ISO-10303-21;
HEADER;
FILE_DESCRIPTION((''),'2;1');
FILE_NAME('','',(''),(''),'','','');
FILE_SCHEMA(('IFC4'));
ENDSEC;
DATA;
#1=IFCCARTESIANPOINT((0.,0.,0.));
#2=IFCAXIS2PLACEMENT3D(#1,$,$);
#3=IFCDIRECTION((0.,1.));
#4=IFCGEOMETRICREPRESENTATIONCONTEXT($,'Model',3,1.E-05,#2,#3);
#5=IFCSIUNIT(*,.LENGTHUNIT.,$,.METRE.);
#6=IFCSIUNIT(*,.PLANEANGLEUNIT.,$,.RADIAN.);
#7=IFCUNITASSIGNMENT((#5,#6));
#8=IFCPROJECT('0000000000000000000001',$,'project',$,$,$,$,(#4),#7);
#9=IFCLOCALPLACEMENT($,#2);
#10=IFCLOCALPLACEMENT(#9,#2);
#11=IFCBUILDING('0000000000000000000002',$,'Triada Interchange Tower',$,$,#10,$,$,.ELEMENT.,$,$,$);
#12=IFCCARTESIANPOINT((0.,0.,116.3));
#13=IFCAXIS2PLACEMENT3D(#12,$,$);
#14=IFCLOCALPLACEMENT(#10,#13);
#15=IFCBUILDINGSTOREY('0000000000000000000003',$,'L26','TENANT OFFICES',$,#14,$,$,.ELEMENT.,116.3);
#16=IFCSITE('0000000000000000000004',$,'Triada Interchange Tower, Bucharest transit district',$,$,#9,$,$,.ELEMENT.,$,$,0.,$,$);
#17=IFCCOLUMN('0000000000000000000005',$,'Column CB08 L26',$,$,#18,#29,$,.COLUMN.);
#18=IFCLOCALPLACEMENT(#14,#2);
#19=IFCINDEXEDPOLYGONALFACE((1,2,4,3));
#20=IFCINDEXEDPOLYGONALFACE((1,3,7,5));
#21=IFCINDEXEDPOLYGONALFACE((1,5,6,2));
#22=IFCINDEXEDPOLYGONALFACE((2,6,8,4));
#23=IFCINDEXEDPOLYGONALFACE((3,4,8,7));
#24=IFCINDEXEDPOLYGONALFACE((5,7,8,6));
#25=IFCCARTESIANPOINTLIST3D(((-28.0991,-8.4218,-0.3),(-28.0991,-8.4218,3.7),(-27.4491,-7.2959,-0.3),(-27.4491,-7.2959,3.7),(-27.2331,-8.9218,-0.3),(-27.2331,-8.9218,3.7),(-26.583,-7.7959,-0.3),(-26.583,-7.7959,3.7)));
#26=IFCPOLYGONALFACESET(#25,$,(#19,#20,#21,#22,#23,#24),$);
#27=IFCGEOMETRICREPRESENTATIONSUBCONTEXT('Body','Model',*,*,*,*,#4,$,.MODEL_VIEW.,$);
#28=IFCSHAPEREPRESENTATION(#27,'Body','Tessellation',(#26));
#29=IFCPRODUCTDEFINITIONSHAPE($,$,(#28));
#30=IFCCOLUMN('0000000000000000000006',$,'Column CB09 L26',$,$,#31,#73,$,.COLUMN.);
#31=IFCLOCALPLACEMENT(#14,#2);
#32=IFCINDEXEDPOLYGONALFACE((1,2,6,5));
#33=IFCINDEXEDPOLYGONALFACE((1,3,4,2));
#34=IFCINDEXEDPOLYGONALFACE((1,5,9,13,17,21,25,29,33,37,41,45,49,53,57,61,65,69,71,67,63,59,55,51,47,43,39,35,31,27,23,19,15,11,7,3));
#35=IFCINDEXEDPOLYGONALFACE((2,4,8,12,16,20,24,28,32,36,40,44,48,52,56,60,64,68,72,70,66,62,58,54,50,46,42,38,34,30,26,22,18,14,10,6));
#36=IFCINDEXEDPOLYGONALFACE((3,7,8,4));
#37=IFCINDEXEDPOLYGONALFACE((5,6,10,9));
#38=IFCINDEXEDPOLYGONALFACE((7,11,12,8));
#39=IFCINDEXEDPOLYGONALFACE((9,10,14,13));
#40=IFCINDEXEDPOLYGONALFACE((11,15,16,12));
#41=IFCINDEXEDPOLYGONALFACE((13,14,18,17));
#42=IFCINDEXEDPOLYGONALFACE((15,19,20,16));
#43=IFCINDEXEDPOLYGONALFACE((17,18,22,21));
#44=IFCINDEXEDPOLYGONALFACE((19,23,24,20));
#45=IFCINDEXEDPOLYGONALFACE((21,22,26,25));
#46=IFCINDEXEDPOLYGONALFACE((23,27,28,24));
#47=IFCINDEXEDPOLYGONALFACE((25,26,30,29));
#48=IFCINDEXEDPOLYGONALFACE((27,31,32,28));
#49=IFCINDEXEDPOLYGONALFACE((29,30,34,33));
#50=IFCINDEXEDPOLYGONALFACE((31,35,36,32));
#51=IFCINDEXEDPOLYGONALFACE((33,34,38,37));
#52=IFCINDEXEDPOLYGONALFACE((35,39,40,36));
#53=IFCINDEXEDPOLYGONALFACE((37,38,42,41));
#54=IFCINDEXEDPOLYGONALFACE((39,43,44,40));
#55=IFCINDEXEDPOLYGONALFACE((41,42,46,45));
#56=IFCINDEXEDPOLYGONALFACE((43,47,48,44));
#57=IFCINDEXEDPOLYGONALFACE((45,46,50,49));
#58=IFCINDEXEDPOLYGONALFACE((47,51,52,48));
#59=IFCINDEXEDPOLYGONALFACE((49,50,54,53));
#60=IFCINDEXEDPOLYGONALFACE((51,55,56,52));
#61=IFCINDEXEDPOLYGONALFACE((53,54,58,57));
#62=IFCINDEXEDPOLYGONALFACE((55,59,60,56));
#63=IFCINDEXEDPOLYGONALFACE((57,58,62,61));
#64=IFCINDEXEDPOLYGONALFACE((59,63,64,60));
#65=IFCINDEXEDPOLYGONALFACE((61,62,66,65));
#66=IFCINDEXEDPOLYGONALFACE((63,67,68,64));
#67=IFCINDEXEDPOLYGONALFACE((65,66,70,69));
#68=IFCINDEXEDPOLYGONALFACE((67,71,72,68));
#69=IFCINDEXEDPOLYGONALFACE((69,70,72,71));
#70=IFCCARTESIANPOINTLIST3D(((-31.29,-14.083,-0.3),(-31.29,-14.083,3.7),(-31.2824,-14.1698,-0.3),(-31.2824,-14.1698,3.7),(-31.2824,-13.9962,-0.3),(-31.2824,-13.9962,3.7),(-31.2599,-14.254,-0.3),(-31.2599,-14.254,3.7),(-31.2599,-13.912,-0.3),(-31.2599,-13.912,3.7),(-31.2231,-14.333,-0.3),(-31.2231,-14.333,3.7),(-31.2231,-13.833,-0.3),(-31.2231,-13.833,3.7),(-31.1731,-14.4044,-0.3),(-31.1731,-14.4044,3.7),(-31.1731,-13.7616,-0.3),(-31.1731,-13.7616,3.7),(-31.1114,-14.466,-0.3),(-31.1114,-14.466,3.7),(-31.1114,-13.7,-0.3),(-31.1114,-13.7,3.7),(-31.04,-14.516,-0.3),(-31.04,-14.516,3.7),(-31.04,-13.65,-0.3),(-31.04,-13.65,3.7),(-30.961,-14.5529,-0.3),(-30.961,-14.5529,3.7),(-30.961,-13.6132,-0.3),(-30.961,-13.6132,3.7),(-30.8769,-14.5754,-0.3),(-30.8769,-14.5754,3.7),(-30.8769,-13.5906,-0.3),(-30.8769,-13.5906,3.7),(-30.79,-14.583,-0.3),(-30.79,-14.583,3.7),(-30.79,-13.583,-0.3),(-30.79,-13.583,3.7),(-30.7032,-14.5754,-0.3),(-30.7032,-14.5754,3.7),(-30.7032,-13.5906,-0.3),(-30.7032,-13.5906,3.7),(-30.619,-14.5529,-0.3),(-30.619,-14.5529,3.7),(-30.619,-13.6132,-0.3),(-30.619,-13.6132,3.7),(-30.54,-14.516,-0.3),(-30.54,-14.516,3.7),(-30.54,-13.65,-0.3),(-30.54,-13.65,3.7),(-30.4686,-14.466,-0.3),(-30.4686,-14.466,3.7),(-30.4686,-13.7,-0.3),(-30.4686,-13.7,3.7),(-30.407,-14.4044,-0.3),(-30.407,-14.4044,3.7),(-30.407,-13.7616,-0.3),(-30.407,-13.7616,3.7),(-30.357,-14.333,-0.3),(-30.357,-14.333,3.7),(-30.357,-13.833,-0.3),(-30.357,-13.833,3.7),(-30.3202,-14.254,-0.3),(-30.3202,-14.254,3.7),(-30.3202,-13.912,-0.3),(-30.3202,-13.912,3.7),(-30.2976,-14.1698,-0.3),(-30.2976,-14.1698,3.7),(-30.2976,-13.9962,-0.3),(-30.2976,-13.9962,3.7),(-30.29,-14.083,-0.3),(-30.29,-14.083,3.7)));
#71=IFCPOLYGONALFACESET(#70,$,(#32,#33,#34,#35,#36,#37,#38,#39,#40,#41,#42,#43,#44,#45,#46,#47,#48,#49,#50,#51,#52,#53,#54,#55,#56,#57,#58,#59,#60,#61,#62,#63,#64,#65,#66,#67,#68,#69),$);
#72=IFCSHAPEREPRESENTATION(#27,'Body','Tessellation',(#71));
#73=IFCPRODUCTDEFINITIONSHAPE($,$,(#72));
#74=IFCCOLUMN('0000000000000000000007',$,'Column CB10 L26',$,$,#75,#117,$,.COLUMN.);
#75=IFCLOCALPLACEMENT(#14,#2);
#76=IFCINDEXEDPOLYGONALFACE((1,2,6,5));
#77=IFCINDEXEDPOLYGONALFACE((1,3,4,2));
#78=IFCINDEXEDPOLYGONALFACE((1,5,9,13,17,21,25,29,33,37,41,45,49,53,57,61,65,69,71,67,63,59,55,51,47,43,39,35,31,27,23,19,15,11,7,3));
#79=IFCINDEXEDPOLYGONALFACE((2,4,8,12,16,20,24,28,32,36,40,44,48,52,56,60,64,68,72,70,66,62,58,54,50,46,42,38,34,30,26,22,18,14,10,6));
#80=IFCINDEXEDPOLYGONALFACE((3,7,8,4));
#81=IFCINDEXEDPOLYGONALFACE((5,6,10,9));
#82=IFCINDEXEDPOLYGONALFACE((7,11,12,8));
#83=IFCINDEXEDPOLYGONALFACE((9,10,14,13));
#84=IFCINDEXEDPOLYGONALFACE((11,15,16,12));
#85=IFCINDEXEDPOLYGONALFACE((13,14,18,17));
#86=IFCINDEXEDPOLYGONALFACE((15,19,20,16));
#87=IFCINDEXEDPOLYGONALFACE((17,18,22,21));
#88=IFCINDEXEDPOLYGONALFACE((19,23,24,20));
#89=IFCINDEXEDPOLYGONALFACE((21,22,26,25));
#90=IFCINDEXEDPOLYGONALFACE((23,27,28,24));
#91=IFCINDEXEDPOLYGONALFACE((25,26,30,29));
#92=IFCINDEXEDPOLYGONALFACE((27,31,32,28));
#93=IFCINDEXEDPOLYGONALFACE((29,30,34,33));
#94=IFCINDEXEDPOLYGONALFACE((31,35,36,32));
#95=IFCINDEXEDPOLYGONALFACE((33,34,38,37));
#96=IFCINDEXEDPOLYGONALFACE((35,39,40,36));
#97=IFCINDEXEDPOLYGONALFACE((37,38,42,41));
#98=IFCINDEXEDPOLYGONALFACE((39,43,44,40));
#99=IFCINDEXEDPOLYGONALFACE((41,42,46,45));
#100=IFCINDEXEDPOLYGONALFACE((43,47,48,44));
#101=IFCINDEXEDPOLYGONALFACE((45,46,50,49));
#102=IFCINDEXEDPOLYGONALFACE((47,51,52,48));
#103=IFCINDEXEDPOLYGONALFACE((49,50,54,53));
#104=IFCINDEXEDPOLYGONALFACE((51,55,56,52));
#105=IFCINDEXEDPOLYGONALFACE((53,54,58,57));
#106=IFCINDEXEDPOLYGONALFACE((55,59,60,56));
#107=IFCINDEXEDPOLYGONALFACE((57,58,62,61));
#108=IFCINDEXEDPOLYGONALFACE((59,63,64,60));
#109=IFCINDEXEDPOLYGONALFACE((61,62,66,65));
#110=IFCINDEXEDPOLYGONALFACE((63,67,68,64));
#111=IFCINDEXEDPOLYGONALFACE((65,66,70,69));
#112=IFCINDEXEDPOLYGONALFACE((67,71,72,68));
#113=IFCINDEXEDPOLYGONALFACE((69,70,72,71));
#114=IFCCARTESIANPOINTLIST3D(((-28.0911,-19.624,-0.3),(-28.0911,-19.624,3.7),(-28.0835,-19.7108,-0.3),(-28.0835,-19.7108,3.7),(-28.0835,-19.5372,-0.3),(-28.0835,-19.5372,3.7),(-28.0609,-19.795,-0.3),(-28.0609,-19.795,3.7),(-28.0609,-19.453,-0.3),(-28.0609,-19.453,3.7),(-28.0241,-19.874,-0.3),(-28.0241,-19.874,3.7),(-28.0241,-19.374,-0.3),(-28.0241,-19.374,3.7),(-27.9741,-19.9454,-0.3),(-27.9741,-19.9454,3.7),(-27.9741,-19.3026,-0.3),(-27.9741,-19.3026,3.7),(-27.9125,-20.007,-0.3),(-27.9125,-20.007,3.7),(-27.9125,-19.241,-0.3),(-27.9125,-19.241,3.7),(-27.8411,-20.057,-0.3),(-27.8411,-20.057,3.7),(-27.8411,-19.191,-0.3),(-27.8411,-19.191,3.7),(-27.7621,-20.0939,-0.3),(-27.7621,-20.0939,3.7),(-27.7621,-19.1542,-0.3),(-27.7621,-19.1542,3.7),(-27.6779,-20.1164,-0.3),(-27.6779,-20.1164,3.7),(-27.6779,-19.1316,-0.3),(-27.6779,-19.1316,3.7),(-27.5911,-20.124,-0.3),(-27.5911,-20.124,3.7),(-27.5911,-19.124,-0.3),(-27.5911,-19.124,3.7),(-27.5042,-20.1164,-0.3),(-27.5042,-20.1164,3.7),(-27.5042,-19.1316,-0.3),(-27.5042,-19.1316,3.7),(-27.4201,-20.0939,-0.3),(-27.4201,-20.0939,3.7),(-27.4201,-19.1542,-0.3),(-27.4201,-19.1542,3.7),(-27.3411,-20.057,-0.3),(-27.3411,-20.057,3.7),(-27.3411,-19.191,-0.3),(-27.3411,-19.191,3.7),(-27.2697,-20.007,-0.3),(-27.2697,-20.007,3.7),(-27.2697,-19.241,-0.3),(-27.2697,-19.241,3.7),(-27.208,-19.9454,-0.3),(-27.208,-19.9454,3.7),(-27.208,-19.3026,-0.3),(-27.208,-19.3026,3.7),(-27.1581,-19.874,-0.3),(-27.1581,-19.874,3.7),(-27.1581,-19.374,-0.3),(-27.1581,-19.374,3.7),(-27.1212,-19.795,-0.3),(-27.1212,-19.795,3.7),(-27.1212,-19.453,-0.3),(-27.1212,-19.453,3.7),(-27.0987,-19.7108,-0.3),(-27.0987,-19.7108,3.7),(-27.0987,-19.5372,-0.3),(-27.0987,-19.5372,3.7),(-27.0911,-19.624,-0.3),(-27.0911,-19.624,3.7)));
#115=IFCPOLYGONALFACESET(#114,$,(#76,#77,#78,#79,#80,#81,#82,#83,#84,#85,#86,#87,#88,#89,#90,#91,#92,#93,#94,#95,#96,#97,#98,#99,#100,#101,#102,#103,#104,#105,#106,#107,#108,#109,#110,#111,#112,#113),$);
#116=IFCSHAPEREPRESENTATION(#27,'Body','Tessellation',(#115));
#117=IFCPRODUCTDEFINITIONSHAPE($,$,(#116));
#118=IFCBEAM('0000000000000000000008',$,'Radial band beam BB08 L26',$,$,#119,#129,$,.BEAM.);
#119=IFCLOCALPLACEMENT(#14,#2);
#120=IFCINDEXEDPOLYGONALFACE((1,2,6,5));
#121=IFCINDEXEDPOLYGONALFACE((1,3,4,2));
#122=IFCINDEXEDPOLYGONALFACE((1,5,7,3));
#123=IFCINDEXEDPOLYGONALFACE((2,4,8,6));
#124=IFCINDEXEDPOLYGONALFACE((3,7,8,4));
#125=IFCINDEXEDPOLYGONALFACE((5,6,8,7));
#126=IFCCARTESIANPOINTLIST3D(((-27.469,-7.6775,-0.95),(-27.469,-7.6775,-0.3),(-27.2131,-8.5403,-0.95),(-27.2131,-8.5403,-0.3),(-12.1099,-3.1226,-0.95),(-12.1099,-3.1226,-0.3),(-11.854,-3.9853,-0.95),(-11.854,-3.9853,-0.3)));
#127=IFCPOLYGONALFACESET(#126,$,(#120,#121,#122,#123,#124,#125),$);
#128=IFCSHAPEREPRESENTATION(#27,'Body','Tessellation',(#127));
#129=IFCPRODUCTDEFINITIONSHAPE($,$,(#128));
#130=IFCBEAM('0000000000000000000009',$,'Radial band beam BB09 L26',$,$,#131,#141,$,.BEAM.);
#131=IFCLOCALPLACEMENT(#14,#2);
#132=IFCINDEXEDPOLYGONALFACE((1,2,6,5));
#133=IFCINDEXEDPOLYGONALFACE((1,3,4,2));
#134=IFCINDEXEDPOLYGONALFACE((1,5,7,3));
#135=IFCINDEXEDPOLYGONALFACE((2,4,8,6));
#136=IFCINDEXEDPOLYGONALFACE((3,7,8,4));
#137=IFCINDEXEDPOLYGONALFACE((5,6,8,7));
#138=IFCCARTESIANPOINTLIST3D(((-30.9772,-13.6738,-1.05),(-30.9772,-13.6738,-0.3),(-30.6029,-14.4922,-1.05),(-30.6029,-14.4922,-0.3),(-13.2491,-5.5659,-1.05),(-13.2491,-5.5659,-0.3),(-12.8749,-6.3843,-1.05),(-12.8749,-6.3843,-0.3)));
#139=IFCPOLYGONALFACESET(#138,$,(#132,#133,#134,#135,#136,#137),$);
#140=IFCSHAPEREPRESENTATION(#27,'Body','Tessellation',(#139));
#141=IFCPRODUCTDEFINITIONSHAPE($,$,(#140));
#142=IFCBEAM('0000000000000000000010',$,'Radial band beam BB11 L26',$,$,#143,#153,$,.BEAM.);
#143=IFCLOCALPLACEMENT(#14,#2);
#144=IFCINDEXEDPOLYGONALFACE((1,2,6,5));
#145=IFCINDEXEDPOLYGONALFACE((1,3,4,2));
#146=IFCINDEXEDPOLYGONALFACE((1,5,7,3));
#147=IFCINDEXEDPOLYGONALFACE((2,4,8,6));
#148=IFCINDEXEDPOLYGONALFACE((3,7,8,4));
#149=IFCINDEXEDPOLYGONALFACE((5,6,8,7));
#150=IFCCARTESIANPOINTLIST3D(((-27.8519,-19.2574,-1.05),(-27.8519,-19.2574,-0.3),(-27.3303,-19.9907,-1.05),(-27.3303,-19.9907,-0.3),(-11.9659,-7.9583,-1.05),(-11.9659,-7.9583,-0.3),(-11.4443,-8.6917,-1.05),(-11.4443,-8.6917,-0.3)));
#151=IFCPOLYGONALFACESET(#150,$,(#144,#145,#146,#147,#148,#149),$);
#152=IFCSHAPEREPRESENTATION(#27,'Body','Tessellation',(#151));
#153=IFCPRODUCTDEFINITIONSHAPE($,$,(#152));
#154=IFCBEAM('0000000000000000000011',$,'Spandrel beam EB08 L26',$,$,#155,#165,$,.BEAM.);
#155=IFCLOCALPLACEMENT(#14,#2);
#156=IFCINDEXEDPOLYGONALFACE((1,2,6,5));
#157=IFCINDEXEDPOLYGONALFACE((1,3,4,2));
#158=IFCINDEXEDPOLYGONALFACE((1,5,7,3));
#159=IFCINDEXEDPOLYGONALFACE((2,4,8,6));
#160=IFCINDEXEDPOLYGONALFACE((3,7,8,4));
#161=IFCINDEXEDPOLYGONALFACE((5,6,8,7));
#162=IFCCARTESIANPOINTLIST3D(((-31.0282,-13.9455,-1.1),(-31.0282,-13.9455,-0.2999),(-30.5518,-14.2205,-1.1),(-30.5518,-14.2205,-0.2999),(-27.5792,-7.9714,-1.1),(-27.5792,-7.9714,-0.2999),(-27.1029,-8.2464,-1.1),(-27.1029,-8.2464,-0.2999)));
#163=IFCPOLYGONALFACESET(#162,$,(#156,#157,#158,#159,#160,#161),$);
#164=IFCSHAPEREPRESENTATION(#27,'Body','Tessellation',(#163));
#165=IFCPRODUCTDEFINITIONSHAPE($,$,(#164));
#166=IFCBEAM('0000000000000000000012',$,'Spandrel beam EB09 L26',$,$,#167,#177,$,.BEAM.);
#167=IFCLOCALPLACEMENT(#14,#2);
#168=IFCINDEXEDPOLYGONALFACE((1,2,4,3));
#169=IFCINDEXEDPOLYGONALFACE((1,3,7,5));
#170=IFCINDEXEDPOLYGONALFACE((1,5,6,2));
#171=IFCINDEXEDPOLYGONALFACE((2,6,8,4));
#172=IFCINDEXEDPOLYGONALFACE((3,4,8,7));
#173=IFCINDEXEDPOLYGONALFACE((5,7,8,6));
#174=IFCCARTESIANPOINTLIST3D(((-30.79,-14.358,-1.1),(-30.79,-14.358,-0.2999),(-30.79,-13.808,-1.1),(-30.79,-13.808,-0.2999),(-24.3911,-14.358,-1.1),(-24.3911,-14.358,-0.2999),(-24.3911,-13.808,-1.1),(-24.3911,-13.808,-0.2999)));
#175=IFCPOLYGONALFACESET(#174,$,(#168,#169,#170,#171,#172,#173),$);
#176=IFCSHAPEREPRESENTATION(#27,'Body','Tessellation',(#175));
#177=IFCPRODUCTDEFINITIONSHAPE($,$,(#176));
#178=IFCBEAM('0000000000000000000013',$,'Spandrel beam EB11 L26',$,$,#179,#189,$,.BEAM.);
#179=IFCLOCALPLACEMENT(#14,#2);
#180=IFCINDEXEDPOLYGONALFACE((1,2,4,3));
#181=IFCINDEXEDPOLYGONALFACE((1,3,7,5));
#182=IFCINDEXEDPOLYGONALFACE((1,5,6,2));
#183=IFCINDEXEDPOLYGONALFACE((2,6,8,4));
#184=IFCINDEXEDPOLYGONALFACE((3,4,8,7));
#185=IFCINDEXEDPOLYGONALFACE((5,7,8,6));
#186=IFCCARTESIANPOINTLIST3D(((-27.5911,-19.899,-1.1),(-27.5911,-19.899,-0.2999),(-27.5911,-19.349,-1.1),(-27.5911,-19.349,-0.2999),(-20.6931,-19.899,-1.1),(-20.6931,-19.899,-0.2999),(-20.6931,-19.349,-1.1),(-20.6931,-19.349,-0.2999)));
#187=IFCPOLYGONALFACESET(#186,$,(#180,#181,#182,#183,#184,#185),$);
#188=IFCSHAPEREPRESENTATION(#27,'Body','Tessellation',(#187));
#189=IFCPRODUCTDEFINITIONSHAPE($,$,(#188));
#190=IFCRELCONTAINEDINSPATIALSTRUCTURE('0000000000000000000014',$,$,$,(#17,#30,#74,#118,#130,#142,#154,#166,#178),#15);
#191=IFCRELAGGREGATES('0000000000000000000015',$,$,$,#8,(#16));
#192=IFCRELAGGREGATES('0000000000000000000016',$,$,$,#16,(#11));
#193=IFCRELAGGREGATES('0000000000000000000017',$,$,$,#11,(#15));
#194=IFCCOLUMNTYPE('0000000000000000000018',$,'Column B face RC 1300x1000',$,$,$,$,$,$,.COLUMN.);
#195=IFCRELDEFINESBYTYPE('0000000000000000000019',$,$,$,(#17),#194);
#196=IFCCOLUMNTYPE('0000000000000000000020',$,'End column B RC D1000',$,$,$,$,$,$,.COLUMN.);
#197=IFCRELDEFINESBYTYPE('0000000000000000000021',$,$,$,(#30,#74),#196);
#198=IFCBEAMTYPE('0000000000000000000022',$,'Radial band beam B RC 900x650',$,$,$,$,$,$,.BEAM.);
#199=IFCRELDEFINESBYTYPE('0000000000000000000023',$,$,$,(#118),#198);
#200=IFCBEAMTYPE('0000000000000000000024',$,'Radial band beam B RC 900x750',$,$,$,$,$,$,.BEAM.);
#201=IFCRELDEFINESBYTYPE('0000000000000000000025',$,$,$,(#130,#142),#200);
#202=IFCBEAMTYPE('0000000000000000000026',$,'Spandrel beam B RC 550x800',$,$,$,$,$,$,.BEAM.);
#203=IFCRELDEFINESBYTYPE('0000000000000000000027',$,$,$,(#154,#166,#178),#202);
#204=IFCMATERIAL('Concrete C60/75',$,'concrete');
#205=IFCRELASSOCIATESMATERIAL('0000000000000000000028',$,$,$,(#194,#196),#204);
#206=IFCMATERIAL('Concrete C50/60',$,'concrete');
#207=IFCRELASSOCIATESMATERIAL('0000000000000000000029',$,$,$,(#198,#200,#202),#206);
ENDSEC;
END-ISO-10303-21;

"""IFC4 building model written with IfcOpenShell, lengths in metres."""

from ifc_helpers import new_model, si_unit, direction, frame, origin, origin_2d, place, context, subcontext, project, spatial, rectangle, circle, extrude, material, material_profile, profile_set, type_object, element, save


model = new_model("IFC4")

# Units and contexts
model_context = context("Model", 3, precision=1e-05, world=origin(), true_north=direction((0.0, 1.0)))
body_context = subcontext(model_context, "Body", "Model", "MODEL_VIEW")
ifc_project = project(units=[si_unit("LENGTHUNIT", "METRE"), si_unit("PLANEANGLEUNIT", "RADIAN")], contexts=[model_context])

# Site, building, storey
site_placement = place(None, origin())
site = spatial("IfcSite", under=ifc_project, at=site_placement, Name="Triada Interchange Tower, Bucharest transit district", CompositionType="ELEMENT", RefElevation=0.0)
building_placement = place(site_placement, origin())
building = spatial("IfcBuilding", under=site, at=building_placement, Name="Triada Interchange Tower", CompositionType="ELEMENT")
storey_placement = place(building_placement, frame((0.0, 0.0, 116.3)))
storey = spatial("IfcBuildingStorey", under=building, at=storey_placement, Name="L26", Description="TENANT OFFICES", CompositionType="ELEMENT", Elevation=116.3)

# Columns
ifc_material_1 = material(Name="Concrete C60/75", Category="concrete")
ifc_material_profile_1 = material_profile(ifc_material_1, rectangle(XDim=1.3, YDim=1.0, at=origin_2d()), Name="RC 1300x1000")
ifc_profile_set_1 = profile_set([ifc_material_profile_1], Name="Concrete C60/75")
column_type_1 = type_object("IfcColumnType", Name="Column B face RC 1300x1000", PredefinedType="COLUMN", material=ifc_profile_set_1)
column_placement = place(storey_placement, frame((-27.3411, -8.1089, -0.3), z_axis=(0.0, 0.0, 1.0), x_axis=(0.5, 0.866025, 0.0)))
element("IfcColumn", 1, at=column_placement, inside=storey, type_object=column_type_1, Name="Column CB08 L26", PredefinedType="COLUMN", context=body_context, shape_type="SweptSolid", body=[
    extrude(rectangle(XDim=1.3, YDim=1.0, at=origin_2d()), origin(), (0.0, 0.0, 1.0), 4.0),
])
ifc_material_profile_2 = material_profile(ifc_material_1, circle(Radius=0.5, at=origin_2d()), Name="RC D1000")
ifc_profile_set_2 = profile_set([ifc_material_profile_2], Name="Concrete C60/75")
column_type_2 = type_object("IfcColumnType", Name="End column B RC D1000", PredefinedType="COLUMN", material=ifc_profile_set_2)
for number, where, z_axis, x_axis, name in (
    (2, (-30.79, -14.083, -0.3), (0.0, 0.0, 1.0), (0.5, 0.866025, 0.0), "Column CB09 L26"),
    (3, (-27.5911, -19.624, -0.3), (0.0, 0.0, 1.0), (1.0, 0.0, 0.0), "Column CB10 L26"),
):
    element("IfcColumn", number, at=place(storey_placement, frame(where, z_axis=z_axis, x_axis=x_axis)), inside=storey, type_object=column_type_2, Name=name, PredefinedType="COLUMN", context=body_context, shape_type="SweptSolid", body=[
        extrude(circle(Radius=0.5, at=origin_2d()), origin(), (0.0, 0.0, 1.0), 4.0),
    ])

# Beams
ifc_material_2 = material(Name="Concrete C50/60", Category="concrete")
ifc_material_profile_3 = material_profile(ifc_material_2, rectangle(XDim=0.8999, YDim=0.6499, at=origin_2d()), Name="RC 900x650")
ifc_profile_set_3 = profile_set([ifc_material_profile_3], Name="Concrete C50/60")
beam_type_1 = type_object("IfcBeamType", Name="Radial band beam B RC 900x650", PredefinedType="BEAM", material=ifc_profile_set_3)
beam_1_placement = place(storey_placement, frame((-27.3411, -8.1089, -0.625), z_axis=(0.958729, 0.284322, 0.0), x_axis=(-0.284322, 0.958729, 0.0)))
element("IfcBeam", 4, at=beam_1_placement, inside=storey, type_object=beam_type_1, Name="Radial band beam BB08 L26", PredefinedType="BEAM", context=body_context, shape_type="SweptSolid", body=[
    extrude(rectangle(XDim=0.8999, YDim=0.6499, at=origin_2d()), origin(), (0.0, 0.0, 1.0), 16.0203),
])
ifc_material_profile_4 = material_profile(ifc_material_2, rectangle(XDim=0.8999, YDim=0.75, at=origin_2d()), Name="RC 900x750")
ifc_profile_set_4 = profile_set([ifc_material_profile_4], Name="Concrete C50/60")
beam_type_2 = type_object("IfcBeamType", Name="Radial band beam B RC 900x750", PredefinedType="BEAM", material=ifc_profile_set_4)
beam_2_placement = place(storey_placement, frame((-30.79, -14.083, -0.675), z_axis=(0.909403, 0.415915, 0.0), x_axis=(-0.415915, 0.909403, 0.0)))
element("IfcBeam", 5, at=beam_2_placement, inside=storey, type_object=beam_type_2, Name="Radial band beam BB09 L26", PredefinedType="BEAM", context=body_context, shape_type="SweptSolid", body=[
    extrude(rectangle(XDim=0.8999, YDim=0.75, at=origin_2d()), origin(), (0.0, 0.0, 1.0), 19.4941),
])
beam_3_placement = place(storey_placement, frame((-27.5911, -19.624, -0.675), z_axis=(0.814898, 0.579605, 0.0), x_axis=(-0.579605, 0.814898, 0.0)))
element("IfcBeam", 6, at=beam_3_placement, inside=storey, type_object=beam_type_2, Name="Radial band beam BB11 L26", PredefinedType="BEAM", context=body_context, shape_type="SweptSolid", body=[
    extrude(rectangle(XDim=0.8999, YDim=0.75, at=origin_2d()), origin(), (0.0, 0.0, 1.0), 19.4944),
])
ifc_material_profile_5 = material_profile(ifc_material_2, rectangle(XDim=0.55, YDim=0.8, at=origin_2d()), Name="RC 550x800")
ifc_profile_set_5 = profile_set([ifc_material_profile_5], Name="Concrete C50/60")
beam_type_3 = type_object("IfcBeamType", Name="Spandrel beam B RC 550x800", PredefinedType="BEAM", material=ifc_profile_set_5)
beam_4_placement = place(storey_placement, frame((-27.3411, -8.1089, -0.7), z_axis=(-0.49998, -0.866037, 0.0), x_axis=(0.866037, -0.49998, 0.0)))
element("IfcBeam", 7, at=beam_4_placement, inside=storey, type_object=beam_type_3, Name="Spandrel beam EB08 L26", PredefinedType="BEAM", context=body_context, shape_type="SweptSolid", body=[
    extrude(rectangle(XDim=0.55, YDim=0.8, at=origin_2d()), origin(), (0.0, 0.0, 1.0), 6.8982),
])
beam_5_placement = place(storey_placement, frame((-30.79, -14.083, -0.7), z_axis=(1.0, 0.0, 0.0), x_axis=(0.0, 1.0, 0.0)))
element("IfcBeam", 8, at=beam_5_placement, inside=storey, type_object=beam_type_3, Name="Spandrel beam EB09 L26", PredefinedType="BEAM", context=body_context, shape_type="SweptSolid", body=[
    extrude(rectangle(XDim=0.55, YDim=0.8, at=origin_2d()), origin(), (0.0, 0.0, 1.0), 6.3989),
])
beam_6_placement = place(storey_placement, frame((-27.5911, -19.624, -0.7), z_axis=(1.0, 0.0, 0.0), x_axis=(0.0, 1.0, 0.0)))
element("IfcBeam", 9, at=beam_6_placement, inside=storey, type_object=beam_type_3, Name="Spandrel beam EB11 L26", PredefinedType="BEAM", context=body_context, shape_type="SweptSolid", body=[
    extrude(rectangle(XDim=0.55, YDim=0.8, at=origin_2d()), origin(), (0.0, 0.0, 1.0), 6.8979),
])

save(model, "model.ifc")
